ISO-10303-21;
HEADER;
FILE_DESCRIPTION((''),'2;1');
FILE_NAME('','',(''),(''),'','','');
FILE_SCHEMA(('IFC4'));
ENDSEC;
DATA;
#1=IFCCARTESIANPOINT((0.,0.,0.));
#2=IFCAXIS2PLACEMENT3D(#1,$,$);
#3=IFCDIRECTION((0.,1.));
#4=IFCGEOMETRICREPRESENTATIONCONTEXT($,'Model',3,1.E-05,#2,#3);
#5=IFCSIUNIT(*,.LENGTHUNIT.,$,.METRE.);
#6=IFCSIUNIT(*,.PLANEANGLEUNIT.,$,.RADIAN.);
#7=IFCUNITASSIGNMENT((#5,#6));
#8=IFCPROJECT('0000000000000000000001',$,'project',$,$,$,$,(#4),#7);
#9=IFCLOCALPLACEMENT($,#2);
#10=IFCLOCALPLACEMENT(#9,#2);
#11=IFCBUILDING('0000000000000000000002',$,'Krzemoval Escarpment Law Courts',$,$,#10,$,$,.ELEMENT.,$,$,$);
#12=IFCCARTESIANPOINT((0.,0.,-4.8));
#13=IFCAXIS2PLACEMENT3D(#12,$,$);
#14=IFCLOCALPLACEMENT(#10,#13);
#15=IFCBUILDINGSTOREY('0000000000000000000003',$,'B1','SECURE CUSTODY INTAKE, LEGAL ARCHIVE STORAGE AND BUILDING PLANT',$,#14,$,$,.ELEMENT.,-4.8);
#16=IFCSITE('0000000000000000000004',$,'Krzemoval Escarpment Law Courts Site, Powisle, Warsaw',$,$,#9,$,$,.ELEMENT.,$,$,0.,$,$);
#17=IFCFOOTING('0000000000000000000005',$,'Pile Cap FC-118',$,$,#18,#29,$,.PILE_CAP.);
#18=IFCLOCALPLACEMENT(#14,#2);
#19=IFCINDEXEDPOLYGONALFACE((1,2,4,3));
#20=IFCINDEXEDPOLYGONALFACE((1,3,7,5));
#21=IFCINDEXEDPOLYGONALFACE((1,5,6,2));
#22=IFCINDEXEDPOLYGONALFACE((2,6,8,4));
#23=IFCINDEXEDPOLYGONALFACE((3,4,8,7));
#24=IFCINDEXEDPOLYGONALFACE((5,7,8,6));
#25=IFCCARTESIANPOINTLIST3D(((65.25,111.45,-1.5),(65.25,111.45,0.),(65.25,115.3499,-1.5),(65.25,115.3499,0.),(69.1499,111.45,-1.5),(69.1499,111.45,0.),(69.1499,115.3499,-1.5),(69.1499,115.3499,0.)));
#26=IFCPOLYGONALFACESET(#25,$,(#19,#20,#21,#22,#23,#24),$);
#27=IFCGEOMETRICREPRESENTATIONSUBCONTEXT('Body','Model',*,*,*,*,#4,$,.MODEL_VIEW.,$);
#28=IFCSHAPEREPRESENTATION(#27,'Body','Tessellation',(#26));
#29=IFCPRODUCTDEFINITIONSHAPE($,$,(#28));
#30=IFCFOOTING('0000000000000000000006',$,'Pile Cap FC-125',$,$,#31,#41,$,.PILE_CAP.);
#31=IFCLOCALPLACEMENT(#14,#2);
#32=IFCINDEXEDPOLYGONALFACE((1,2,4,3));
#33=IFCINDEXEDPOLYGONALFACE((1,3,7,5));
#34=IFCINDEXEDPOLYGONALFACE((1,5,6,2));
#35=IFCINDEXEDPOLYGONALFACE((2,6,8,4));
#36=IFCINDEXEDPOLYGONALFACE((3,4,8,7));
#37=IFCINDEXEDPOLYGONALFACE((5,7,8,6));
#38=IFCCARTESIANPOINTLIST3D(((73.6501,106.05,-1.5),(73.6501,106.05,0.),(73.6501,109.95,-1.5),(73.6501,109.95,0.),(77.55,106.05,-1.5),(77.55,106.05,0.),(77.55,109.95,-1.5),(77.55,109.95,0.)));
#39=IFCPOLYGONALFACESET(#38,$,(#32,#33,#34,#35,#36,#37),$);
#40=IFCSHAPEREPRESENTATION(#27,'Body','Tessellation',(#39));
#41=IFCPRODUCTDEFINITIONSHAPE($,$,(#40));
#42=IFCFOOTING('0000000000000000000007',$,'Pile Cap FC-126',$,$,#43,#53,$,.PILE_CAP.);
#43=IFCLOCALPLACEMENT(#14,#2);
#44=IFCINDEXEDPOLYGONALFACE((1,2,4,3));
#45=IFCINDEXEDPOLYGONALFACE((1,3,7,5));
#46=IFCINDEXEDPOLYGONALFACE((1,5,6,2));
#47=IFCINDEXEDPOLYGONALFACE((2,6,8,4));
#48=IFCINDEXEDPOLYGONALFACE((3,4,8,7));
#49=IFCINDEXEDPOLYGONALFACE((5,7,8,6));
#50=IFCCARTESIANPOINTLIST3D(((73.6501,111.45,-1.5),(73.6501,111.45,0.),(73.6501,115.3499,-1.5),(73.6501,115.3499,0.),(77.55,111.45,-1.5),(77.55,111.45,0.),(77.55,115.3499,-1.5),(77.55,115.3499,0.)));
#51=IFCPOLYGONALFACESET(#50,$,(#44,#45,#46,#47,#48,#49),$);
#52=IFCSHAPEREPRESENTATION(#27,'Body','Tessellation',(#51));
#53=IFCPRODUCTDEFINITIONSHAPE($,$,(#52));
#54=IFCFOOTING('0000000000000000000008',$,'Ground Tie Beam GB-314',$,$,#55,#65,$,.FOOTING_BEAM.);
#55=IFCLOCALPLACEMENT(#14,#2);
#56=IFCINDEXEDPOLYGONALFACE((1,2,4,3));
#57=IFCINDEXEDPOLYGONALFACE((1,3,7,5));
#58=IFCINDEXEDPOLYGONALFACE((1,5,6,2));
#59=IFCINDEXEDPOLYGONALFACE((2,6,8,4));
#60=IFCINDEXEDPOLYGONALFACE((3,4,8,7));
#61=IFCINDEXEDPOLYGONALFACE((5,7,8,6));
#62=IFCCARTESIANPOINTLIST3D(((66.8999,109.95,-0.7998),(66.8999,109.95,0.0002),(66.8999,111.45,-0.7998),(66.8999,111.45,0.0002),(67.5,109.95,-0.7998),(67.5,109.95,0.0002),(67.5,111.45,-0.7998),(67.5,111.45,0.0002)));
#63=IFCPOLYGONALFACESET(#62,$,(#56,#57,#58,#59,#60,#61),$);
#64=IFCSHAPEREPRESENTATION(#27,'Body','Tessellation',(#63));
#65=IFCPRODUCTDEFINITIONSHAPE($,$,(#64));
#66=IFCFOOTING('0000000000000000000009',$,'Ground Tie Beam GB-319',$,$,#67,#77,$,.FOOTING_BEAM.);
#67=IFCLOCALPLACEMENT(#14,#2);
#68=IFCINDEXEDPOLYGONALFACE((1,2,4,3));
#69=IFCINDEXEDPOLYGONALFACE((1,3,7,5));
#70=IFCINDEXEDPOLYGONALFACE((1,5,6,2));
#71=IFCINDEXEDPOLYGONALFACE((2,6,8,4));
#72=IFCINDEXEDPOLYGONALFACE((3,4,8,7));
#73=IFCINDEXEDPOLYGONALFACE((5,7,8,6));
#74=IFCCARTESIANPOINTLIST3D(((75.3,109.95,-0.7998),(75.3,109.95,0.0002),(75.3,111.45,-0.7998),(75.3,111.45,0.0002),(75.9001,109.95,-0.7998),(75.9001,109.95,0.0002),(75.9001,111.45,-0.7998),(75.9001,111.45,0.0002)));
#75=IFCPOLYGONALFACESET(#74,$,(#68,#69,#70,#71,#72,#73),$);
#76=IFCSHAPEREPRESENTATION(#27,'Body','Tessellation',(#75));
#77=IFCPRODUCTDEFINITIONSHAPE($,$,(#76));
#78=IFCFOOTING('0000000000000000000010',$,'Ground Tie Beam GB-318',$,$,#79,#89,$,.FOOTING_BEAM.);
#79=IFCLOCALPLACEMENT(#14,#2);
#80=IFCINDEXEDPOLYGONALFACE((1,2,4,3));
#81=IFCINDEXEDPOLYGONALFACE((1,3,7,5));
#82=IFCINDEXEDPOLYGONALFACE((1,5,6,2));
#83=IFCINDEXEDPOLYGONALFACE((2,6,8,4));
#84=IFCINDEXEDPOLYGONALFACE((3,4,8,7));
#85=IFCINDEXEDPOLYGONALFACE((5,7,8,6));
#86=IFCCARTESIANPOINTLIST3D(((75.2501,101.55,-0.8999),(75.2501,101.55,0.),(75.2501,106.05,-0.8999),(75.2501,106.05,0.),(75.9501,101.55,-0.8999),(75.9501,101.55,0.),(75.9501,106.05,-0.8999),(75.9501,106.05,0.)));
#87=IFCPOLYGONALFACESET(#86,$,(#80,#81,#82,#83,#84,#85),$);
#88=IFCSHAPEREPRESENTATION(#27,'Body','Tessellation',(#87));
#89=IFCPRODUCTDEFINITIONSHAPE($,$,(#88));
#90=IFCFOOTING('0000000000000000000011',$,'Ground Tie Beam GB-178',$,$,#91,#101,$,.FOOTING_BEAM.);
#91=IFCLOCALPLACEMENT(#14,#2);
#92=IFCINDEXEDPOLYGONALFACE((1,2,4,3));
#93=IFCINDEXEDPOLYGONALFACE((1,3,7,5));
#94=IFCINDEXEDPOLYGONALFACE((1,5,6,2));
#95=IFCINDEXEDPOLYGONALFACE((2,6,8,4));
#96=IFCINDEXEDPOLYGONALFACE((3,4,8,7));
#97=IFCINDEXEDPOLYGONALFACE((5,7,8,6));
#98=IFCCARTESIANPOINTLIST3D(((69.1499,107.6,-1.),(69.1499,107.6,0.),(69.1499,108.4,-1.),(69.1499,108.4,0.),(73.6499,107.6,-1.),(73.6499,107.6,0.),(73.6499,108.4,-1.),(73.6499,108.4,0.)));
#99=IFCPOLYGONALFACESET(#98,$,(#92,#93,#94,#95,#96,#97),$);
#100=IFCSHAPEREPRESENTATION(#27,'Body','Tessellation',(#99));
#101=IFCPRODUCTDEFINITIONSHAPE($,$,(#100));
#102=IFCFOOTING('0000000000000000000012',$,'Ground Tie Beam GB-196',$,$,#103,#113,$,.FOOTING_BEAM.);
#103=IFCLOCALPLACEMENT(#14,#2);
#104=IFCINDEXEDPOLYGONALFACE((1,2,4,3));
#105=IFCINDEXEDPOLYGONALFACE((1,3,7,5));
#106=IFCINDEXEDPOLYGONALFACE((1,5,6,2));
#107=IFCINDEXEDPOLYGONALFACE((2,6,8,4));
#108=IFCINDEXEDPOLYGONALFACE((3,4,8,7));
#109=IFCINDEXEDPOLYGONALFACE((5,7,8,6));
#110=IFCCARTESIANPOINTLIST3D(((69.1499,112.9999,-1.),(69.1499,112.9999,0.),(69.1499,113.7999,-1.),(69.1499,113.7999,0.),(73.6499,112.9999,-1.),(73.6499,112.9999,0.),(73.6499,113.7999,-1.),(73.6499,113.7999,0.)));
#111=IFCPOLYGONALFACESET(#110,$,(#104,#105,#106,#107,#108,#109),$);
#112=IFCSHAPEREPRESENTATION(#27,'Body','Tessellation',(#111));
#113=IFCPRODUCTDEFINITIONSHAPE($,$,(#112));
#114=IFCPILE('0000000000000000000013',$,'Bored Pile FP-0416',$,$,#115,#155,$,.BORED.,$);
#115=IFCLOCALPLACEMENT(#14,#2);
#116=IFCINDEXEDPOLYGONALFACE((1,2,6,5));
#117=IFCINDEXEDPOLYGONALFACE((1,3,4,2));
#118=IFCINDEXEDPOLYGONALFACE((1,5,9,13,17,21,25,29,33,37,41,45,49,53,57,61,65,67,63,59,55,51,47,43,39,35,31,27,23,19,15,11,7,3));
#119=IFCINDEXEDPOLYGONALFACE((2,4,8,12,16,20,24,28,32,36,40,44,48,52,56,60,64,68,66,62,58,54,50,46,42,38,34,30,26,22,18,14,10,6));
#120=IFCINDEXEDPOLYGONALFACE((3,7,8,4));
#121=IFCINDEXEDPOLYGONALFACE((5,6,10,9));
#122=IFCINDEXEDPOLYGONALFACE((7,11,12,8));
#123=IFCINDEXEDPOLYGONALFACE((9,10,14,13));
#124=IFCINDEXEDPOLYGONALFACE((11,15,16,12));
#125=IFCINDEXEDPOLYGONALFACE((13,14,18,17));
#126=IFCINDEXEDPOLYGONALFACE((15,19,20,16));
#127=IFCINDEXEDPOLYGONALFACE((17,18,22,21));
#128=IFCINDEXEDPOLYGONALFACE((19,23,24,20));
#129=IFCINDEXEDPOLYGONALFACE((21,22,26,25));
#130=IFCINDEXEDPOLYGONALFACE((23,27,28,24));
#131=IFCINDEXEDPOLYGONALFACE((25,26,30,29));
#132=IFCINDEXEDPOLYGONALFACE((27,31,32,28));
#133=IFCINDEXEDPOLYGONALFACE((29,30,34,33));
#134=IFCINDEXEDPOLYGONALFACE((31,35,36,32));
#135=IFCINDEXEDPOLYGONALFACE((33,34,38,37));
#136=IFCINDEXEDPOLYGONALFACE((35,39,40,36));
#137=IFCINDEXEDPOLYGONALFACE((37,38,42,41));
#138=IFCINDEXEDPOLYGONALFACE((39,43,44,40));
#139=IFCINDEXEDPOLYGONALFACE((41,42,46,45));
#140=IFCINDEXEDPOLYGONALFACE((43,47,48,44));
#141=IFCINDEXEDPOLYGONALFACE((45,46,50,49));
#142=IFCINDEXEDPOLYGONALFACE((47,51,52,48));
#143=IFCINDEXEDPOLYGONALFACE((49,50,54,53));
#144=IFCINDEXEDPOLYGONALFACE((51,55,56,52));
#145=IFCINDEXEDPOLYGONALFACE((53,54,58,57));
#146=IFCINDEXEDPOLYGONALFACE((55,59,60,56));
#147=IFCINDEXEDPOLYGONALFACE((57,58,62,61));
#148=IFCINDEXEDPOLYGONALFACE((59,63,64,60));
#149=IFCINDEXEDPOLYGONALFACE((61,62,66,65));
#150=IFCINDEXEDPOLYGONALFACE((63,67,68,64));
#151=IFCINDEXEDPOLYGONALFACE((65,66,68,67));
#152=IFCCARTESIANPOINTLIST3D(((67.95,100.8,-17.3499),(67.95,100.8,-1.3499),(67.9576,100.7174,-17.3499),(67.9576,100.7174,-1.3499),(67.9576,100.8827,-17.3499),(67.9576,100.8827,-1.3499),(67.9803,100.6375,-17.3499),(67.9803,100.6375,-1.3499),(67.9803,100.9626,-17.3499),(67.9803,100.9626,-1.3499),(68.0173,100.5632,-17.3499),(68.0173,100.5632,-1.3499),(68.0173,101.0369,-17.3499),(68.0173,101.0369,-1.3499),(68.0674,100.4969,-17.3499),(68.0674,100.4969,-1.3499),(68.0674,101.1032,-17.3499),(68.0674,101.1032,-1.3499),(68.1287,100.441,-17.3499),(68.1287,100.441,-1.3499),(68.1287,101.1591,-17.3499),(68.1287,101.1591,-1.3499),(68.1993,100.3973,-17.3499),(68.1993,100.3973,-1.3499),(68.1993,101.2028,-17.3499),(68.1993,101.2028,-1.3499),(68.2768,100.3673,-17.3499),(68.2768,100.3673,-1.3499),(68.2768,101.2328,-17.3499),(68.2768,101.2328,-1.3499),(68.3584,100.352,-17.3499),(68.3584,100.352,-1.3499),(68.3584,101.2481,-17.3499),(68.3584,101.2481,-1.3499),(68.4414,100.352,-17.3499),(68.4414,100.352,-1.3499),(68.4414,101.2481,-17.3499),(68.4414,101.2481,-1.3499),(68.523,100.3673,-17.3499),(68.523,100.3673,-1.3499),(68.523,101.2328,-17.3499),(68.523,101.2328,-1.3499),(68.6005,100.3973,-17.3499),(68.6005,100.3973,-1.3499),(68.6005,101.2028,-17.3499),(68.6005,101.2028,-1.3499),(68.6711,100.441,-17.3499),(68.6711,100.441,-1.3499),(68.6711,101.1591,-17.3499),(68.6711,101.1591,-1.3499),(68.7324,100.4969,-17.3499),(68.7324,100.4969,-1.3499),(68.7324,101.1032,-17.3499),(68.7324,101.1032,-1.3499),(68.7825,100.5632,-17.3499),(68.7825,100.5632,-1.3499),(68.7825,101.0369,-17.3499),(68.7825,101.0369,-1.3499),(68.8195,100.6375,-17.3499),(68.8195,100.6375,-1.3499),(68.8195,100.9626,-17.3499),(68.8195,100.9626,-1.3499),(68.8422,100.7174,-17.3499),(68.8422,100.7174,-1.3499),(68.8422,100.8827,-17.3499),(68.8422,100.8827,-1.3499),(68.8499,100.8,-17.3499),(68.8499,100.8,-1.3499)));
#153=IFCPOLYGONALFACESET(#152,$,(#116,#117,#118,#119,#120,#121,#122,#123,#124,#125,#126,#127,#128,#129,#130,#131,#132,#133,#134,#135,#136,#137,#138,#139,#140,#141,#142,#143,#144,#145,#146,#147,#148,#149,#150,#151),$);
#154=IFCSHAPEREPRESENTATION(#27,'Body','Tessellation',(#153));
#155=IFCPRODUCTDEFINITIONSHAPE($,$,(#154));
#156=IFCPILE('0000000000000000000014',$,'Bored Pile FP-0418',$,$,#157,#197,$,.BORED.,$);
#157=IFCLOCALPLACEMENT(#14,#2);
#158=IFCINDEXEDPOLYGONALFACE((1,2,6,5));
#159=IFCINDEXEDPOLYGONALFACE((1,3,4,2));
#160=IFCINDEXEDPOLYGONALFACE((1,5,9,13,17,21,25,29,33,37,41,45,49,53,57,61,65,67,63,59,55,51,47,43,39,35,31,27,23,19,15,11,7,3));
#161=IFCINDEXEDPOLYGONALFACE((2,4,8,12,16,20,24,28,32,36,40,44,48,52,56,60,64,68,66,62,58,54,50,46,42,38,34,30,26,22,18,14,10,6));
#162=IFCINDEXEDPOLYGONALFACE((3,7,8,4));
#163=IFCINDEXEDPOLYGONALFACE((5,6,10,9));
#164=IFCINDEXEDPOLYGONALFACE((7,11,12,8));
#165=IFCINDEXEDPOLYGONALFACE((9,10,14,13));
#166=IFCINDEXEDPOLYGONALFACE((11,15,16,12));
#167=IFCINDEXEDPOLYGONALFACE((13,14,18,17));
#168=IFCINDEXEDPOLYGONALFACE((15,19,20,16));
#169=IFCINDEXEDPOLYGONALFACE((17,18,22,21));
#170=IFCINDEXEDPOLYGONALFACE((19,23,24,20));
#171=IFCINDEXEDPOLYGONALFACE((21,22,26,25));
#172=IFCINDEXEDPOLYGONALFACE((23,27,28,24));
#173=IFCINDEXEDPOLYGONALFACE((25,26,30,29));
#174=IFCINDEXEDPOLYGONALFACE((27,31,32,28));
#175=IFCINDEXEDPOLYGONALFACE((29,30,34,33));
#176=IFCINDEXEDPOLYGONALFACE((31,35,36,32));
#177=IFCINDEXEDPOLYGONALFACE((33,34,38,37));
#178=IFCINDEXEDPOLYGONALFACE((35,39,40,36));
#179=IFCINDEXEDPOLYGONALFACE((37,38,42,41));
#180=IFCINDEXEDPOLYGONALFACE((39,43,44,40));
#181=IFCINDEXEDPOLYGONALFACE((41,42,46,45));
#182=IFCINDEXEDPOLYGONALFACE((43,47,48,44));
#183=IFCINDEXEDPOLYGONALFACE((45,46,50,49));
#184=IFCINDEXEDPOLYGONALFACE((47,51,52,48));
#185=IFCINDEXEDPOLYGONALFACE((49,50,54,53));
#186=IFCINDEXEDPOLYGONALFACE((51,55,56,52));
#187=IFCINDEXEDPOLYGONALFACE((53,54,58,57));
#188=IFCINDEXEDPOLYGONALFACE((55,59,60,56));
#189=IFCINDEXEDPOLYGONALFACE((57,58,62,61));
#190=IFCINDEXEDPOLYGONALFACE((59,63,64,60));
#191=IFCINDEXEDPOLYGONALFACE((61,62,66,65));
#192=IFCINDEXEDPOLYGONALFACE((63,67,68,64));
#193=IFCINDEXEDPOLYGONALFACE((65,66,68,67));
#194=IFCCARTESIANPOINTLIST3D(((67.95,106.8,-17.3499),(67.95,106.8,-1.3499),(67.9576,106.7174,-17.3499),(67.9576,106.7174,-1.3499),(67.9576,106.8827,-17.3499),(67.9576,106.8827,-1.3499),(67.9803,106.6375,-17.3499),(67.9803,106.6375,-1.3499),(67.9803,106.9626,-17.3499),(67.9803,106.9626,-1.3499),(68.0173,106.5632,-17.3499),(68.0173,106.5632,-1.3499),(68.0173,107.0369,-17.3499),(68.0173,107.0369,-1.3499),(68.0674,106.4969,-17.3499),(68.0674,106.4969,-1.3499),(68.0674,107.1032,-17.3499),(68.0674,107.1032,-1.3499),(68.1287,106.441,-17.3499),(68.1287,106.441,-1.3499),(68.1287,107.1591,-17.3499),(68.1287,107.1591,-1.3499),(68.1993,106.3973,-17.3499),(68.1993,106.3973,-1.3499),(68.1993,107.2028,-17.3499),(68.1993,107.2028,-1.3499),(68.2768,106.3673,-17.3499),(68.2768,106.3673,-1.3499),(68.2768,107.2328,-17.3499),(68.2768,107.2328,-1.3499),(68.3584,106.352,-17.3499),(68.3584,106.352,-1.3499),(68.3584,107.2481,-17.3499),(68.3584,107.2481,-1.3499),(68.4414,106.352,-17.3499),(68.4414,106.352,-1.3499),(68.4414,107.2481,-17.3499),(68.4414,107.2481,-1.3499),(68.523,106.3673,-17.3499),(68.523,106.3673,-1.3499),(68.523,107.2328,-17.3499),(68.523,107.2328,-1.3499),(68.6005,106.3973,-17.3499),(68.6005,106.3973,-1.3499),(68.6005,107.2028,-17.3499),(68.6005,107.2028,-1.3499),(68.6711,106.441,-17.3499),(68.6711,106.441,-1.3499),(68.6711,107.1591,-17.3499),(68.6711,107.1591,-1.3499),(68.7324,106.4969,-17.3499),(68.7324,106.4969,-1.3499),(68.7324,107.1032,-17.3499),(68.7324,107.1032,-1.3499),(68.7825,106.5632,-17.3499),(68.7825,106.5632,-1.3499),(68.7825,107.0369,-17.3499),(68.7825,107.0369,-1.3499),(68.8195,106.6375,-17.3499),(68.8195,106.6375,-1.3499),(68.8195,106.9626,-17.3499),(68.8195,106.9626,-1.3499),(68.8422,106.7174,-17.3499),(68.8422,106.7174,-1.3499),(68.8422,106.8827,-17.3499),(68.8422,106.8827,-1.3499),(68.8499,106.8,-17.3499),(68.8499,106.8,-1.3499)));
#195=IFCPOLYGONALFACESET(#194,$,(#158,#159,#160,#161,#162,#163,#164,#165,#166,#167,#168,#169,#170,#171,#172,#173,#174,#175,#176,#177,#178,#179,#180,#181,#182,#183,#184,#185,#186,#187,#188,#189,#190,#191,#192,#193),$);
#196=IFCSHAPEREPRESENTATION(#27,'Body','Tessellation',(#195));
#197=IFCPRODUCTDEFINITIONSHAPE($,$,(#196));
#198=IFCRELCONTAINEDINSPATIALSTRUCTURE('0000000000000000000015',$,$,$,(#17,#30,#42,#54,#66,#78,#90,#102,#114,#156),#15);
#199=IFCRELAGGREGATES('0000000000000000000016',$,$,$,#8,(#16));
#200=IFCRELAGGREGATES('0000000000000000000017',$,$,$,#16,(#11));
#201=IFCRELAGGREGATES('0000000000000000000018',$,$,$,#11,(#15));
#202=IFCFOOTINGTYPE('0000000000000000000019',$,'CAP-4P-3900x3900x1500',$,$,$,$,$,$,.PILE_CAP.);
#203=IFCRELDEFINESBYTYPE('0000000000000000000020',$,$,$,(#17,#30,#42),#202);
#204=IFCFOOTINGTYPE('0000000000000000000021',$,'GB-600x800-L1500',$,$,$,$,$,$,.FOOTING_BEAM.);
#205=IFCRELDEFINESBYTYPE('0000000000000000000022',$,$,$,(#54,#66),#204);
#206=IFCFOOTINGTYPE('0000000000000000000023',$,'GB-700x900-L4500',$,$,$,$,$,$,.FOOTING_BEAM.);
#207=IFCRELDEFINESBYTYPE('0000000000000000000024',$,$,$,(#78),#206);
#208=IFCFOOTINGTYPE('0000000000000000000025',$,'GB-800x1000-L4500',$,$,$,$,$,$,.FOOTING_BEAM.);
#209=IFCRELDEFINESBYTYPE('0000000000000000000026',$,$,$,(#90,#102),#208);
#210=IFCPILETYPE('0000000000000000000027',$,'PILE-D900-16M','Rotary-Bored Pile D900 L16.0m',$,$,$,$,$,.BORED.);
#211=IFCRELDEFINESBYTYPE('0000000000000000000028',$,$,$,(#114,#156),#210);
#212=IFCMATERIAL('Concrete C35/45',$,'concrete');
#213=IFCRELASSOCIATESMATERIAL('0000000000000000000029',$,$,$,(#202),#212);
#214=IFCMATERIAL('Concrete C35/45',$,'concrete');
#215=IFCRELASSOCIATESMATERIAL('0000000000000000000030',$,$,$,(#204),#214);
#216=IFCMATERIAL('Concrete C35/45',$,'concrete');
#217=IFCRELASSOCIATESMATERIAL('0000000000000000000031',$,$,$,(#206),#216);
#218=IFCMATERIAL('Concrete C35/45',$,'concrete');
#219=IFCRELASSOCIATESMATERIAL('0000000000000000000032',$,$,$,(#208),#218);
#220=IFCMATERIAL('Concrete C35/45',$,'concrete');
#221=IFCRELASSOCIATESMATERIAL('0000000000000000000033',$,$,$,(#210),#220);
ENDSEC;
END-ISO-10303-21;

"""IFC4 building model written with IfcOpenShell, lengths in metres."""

from ifc_helpers import new_model, si_unit, direction, frame, origin, origin_2d, place, context, subcontext, project, spatial, rectangle, circle, extrude, material, material_profile, profile_set, type_object, element, save


model = new_model("IFC4")

# Units and contexts
model_context = context("Model", 3, precision=1e-05, world=origin(), true_north=direction((0.0, 1.0)))
body_context = subcontext(model_context, "Body", "Model", "MODEL_VIEW")
ifc_project = project(units=[si_unit("LENGTHUNIT", "METRE"), si_unit("PLANEANGLEUNIT", "RADIAN")], contexts=[model_context])

# Site, building, storey
site_placement = place(None, origin())
site = spatial("IfcSite", under=ifc_project, at=site_placement, Name="Krzemoval Escarpment Law Courts Site, Powisle, Warsaw", CompositionType="ELEMENT", RefElevation=0.0)
building_placement = place(site_placement, origin())
building = spatial("IfcBuilding", under=site, at=building_placement, Name="Krzemoval Escarpment Law Courts", CompositionType="ELEMENT")
storey_placement = place(building_placement, frame((0.0, 0.0, -4.8)))
storey = spatial("IfcBuildingStorey", under=building, at=storey_placement, Name="B1", Description="SECURE CUSTODY INTAKE, LEGAL ARCHIVE STORAGE AND BUILDING PLANT", CompositionType="ELEMENT", Elevation=-4.8)

# Footings
ifc_material_1 = material(Name="Concrete C35/45", Category="concrete")
footing_type_1 = type_object("IfcFootingType", Name="CAP-4P-3900x3900x1500", PredefinedType="PILE_CAP", material=ifc_material_1)
for number, where, z_axis, x_axis, name in (
    (1, (67.2, 113.3999, -1.5), (0.0, 0.0, 1.0), (1.0, 0.0, 0.0), "Pile Cap FC-118"),
    (2, (75.6001, 108.0, -1.5), (0.0, 0.0, 1.0), (1.0, 0.0, 0.0), "Pile Cap FC-125"),
    (3, (75.6001, 113.3999, -1.5), (0.0, 0.0, 1.0), (1.0, 0.0, 0.0), "Pile Cap FC-126"),
):
    element("IfcFooting", number, at=place(storey_placement, frame(where, z_axis=z_axis, x_axis=x_axis)), inside=storey, type_object=footing_type_1, Name=name, PredefinedType="PILE_CAP", context=body_context, shape_type="SweptSolid", body=[
        extrude(rectangle(XDim=3.8999, YDim=3.8999, at=origin_2d()), origin(), (0.0, 0.0, 1.0), 1.5),
    ])
ifc_material_2 = material(Name="Concrete C35/45", Category="concrete")
footing_type_2 = type_object("IfcFootingType", Name="GB-600x800-L1500", PredefinedType="FOOTING_BEAM", material=ifc_material_2)
for number, where, z_axis, x_axis, name in (
    (4, (67.2, 110.7, -0.7998), (0.0, 0.0, 1.0), (0.0, 1.0, 0.0), "Ground Tie Beam GB-314"),
    (5, (75.6001, 110.7, -0.7998), (0.0, 0.0, 1.0), (0.0, 1.0, 0.0), "Ground Tie Beam GB-319"),
):
    element("IfcFooting", number, at=place(storey_placement, frame(where, z_axis=z_axis, x_axis=x_axis)), inside=storey, type_object=footing_type_2, Name=name, PredefinedType="FOOTING_BEAM", context=body_context, shape_type="SweptSolid", body=[
        extrude(rectangle(XDim=1.5, YDim=0.6001, at=origin_2d()), origin(), (0.0, 0.0, 1.0), 0.8),
    ])
ifc_material_3 = material(Name="Concrete C35/45", Category="concrete")
footing_type_3 = type_object("IfcFootingType", Name="GB-700x900-L4500", PredefinedType="FOOTING_BEAM", material=ifc_material_3)
footing_placement = place(storey_placement, frame((75.6001, 103.8, -0.8999), z_axis=(0.0, 0.0, 1.0), x_axis=(0.0, 1.0, 0.0)))
element("IfcFooting", 6, at=footing_placement, inside=storey, type_object=footing_type_3, Name="Ground Tie Beam GB-318", PredefinedType="FOOTING_BEAM", context=body_context, shape_type="SweptSolid", body=[
    extrude(rectangle(XDim=4.5, YDim=0.7, at=origin_2d()), origin(), (0.0, 0.0, 1.0), 0.8999),
])
ifc_material_4 = material(Name="Concrete C35/45", Category="concrete")
footing_type_4 = type_object("IfcFootingType", Name="GB-800x1000-L4500", PredefinedType="FOOTING_BEAM", material=ifc_material_4)
for number, where, z_axis, x_axis, name in (
    (7, (71.3999, 108.0, -1.0), (0.0, 0.0, 1.0), (1.0, 0.0, 0.0), "Ground Tie Beam GB-178"),
    (8, (71.3999, 113.3999, -1.0), (0.0, 0.0, 1.0), (1.0, 0.0, 0.0), "Ground Tie Beam GB-196"),
):
    element("IfcFooting", number, at=place(storey_placement, frame(where, z_axis=z_axis, x_axis=x_axis)), inside=storey, type_object=footing_type_4, Name=name, PredefinedType="FOOTING_BEAM", context=body_context, shape_type="SweptSolid", body=[
        extrude(rectangle(XDim=4.5, YDim=0.8, at=origin_2d()), origin(), (0.0, 0.0, 1.0), 1.0),
    ])

# Piles
ifc_material_5 = material(Name="Concrete C35/45", Category="concrete")
ifc_material_profile_1 = material_profile(ifc_material_5, circle(Radius=0.45, at=origin_2d()), Name="PILE D900")
ifc_profile_set_1 = profile_set([ifc_material_profile_1], Name="Concrete C35/45")
pile_type = type_object("IfcPileType", Name="PILE-D900-16M", Description="Rotary-Bored Pile D900 L16.0m", PredefinedType="BORED", material=ifc_profile_set_1)
for number, where, z_axis, x_axis, name in (
    (9, (68.3999, 100.8, -1.3499), (0.0, 0.0, -1.0), (1.0, 0.0, 0.0), "Bored Pile FP-0416"),
    (10, (68.3999, 106.8, -1.3499), (0.0, 0.0, -1.0), (1.0, 0.0, 0.0), "Bored Pile FP-0418"),
):
    element("IfcPile", number, at=place(storey_placement, frame(where, z_axis=z_axis, x_axis=x_axis)), inside=storey, type_object=pile_type, Name=name, PredefinedType="BORED", context=body_context, shape_type="SweptSolid", body=[
        extrude(circle(Radius=0.45, at=origin_2d()), origin(), (0.0, 0.0, 1.0), 16.0),
    ])

save(model, "model.ifc")
